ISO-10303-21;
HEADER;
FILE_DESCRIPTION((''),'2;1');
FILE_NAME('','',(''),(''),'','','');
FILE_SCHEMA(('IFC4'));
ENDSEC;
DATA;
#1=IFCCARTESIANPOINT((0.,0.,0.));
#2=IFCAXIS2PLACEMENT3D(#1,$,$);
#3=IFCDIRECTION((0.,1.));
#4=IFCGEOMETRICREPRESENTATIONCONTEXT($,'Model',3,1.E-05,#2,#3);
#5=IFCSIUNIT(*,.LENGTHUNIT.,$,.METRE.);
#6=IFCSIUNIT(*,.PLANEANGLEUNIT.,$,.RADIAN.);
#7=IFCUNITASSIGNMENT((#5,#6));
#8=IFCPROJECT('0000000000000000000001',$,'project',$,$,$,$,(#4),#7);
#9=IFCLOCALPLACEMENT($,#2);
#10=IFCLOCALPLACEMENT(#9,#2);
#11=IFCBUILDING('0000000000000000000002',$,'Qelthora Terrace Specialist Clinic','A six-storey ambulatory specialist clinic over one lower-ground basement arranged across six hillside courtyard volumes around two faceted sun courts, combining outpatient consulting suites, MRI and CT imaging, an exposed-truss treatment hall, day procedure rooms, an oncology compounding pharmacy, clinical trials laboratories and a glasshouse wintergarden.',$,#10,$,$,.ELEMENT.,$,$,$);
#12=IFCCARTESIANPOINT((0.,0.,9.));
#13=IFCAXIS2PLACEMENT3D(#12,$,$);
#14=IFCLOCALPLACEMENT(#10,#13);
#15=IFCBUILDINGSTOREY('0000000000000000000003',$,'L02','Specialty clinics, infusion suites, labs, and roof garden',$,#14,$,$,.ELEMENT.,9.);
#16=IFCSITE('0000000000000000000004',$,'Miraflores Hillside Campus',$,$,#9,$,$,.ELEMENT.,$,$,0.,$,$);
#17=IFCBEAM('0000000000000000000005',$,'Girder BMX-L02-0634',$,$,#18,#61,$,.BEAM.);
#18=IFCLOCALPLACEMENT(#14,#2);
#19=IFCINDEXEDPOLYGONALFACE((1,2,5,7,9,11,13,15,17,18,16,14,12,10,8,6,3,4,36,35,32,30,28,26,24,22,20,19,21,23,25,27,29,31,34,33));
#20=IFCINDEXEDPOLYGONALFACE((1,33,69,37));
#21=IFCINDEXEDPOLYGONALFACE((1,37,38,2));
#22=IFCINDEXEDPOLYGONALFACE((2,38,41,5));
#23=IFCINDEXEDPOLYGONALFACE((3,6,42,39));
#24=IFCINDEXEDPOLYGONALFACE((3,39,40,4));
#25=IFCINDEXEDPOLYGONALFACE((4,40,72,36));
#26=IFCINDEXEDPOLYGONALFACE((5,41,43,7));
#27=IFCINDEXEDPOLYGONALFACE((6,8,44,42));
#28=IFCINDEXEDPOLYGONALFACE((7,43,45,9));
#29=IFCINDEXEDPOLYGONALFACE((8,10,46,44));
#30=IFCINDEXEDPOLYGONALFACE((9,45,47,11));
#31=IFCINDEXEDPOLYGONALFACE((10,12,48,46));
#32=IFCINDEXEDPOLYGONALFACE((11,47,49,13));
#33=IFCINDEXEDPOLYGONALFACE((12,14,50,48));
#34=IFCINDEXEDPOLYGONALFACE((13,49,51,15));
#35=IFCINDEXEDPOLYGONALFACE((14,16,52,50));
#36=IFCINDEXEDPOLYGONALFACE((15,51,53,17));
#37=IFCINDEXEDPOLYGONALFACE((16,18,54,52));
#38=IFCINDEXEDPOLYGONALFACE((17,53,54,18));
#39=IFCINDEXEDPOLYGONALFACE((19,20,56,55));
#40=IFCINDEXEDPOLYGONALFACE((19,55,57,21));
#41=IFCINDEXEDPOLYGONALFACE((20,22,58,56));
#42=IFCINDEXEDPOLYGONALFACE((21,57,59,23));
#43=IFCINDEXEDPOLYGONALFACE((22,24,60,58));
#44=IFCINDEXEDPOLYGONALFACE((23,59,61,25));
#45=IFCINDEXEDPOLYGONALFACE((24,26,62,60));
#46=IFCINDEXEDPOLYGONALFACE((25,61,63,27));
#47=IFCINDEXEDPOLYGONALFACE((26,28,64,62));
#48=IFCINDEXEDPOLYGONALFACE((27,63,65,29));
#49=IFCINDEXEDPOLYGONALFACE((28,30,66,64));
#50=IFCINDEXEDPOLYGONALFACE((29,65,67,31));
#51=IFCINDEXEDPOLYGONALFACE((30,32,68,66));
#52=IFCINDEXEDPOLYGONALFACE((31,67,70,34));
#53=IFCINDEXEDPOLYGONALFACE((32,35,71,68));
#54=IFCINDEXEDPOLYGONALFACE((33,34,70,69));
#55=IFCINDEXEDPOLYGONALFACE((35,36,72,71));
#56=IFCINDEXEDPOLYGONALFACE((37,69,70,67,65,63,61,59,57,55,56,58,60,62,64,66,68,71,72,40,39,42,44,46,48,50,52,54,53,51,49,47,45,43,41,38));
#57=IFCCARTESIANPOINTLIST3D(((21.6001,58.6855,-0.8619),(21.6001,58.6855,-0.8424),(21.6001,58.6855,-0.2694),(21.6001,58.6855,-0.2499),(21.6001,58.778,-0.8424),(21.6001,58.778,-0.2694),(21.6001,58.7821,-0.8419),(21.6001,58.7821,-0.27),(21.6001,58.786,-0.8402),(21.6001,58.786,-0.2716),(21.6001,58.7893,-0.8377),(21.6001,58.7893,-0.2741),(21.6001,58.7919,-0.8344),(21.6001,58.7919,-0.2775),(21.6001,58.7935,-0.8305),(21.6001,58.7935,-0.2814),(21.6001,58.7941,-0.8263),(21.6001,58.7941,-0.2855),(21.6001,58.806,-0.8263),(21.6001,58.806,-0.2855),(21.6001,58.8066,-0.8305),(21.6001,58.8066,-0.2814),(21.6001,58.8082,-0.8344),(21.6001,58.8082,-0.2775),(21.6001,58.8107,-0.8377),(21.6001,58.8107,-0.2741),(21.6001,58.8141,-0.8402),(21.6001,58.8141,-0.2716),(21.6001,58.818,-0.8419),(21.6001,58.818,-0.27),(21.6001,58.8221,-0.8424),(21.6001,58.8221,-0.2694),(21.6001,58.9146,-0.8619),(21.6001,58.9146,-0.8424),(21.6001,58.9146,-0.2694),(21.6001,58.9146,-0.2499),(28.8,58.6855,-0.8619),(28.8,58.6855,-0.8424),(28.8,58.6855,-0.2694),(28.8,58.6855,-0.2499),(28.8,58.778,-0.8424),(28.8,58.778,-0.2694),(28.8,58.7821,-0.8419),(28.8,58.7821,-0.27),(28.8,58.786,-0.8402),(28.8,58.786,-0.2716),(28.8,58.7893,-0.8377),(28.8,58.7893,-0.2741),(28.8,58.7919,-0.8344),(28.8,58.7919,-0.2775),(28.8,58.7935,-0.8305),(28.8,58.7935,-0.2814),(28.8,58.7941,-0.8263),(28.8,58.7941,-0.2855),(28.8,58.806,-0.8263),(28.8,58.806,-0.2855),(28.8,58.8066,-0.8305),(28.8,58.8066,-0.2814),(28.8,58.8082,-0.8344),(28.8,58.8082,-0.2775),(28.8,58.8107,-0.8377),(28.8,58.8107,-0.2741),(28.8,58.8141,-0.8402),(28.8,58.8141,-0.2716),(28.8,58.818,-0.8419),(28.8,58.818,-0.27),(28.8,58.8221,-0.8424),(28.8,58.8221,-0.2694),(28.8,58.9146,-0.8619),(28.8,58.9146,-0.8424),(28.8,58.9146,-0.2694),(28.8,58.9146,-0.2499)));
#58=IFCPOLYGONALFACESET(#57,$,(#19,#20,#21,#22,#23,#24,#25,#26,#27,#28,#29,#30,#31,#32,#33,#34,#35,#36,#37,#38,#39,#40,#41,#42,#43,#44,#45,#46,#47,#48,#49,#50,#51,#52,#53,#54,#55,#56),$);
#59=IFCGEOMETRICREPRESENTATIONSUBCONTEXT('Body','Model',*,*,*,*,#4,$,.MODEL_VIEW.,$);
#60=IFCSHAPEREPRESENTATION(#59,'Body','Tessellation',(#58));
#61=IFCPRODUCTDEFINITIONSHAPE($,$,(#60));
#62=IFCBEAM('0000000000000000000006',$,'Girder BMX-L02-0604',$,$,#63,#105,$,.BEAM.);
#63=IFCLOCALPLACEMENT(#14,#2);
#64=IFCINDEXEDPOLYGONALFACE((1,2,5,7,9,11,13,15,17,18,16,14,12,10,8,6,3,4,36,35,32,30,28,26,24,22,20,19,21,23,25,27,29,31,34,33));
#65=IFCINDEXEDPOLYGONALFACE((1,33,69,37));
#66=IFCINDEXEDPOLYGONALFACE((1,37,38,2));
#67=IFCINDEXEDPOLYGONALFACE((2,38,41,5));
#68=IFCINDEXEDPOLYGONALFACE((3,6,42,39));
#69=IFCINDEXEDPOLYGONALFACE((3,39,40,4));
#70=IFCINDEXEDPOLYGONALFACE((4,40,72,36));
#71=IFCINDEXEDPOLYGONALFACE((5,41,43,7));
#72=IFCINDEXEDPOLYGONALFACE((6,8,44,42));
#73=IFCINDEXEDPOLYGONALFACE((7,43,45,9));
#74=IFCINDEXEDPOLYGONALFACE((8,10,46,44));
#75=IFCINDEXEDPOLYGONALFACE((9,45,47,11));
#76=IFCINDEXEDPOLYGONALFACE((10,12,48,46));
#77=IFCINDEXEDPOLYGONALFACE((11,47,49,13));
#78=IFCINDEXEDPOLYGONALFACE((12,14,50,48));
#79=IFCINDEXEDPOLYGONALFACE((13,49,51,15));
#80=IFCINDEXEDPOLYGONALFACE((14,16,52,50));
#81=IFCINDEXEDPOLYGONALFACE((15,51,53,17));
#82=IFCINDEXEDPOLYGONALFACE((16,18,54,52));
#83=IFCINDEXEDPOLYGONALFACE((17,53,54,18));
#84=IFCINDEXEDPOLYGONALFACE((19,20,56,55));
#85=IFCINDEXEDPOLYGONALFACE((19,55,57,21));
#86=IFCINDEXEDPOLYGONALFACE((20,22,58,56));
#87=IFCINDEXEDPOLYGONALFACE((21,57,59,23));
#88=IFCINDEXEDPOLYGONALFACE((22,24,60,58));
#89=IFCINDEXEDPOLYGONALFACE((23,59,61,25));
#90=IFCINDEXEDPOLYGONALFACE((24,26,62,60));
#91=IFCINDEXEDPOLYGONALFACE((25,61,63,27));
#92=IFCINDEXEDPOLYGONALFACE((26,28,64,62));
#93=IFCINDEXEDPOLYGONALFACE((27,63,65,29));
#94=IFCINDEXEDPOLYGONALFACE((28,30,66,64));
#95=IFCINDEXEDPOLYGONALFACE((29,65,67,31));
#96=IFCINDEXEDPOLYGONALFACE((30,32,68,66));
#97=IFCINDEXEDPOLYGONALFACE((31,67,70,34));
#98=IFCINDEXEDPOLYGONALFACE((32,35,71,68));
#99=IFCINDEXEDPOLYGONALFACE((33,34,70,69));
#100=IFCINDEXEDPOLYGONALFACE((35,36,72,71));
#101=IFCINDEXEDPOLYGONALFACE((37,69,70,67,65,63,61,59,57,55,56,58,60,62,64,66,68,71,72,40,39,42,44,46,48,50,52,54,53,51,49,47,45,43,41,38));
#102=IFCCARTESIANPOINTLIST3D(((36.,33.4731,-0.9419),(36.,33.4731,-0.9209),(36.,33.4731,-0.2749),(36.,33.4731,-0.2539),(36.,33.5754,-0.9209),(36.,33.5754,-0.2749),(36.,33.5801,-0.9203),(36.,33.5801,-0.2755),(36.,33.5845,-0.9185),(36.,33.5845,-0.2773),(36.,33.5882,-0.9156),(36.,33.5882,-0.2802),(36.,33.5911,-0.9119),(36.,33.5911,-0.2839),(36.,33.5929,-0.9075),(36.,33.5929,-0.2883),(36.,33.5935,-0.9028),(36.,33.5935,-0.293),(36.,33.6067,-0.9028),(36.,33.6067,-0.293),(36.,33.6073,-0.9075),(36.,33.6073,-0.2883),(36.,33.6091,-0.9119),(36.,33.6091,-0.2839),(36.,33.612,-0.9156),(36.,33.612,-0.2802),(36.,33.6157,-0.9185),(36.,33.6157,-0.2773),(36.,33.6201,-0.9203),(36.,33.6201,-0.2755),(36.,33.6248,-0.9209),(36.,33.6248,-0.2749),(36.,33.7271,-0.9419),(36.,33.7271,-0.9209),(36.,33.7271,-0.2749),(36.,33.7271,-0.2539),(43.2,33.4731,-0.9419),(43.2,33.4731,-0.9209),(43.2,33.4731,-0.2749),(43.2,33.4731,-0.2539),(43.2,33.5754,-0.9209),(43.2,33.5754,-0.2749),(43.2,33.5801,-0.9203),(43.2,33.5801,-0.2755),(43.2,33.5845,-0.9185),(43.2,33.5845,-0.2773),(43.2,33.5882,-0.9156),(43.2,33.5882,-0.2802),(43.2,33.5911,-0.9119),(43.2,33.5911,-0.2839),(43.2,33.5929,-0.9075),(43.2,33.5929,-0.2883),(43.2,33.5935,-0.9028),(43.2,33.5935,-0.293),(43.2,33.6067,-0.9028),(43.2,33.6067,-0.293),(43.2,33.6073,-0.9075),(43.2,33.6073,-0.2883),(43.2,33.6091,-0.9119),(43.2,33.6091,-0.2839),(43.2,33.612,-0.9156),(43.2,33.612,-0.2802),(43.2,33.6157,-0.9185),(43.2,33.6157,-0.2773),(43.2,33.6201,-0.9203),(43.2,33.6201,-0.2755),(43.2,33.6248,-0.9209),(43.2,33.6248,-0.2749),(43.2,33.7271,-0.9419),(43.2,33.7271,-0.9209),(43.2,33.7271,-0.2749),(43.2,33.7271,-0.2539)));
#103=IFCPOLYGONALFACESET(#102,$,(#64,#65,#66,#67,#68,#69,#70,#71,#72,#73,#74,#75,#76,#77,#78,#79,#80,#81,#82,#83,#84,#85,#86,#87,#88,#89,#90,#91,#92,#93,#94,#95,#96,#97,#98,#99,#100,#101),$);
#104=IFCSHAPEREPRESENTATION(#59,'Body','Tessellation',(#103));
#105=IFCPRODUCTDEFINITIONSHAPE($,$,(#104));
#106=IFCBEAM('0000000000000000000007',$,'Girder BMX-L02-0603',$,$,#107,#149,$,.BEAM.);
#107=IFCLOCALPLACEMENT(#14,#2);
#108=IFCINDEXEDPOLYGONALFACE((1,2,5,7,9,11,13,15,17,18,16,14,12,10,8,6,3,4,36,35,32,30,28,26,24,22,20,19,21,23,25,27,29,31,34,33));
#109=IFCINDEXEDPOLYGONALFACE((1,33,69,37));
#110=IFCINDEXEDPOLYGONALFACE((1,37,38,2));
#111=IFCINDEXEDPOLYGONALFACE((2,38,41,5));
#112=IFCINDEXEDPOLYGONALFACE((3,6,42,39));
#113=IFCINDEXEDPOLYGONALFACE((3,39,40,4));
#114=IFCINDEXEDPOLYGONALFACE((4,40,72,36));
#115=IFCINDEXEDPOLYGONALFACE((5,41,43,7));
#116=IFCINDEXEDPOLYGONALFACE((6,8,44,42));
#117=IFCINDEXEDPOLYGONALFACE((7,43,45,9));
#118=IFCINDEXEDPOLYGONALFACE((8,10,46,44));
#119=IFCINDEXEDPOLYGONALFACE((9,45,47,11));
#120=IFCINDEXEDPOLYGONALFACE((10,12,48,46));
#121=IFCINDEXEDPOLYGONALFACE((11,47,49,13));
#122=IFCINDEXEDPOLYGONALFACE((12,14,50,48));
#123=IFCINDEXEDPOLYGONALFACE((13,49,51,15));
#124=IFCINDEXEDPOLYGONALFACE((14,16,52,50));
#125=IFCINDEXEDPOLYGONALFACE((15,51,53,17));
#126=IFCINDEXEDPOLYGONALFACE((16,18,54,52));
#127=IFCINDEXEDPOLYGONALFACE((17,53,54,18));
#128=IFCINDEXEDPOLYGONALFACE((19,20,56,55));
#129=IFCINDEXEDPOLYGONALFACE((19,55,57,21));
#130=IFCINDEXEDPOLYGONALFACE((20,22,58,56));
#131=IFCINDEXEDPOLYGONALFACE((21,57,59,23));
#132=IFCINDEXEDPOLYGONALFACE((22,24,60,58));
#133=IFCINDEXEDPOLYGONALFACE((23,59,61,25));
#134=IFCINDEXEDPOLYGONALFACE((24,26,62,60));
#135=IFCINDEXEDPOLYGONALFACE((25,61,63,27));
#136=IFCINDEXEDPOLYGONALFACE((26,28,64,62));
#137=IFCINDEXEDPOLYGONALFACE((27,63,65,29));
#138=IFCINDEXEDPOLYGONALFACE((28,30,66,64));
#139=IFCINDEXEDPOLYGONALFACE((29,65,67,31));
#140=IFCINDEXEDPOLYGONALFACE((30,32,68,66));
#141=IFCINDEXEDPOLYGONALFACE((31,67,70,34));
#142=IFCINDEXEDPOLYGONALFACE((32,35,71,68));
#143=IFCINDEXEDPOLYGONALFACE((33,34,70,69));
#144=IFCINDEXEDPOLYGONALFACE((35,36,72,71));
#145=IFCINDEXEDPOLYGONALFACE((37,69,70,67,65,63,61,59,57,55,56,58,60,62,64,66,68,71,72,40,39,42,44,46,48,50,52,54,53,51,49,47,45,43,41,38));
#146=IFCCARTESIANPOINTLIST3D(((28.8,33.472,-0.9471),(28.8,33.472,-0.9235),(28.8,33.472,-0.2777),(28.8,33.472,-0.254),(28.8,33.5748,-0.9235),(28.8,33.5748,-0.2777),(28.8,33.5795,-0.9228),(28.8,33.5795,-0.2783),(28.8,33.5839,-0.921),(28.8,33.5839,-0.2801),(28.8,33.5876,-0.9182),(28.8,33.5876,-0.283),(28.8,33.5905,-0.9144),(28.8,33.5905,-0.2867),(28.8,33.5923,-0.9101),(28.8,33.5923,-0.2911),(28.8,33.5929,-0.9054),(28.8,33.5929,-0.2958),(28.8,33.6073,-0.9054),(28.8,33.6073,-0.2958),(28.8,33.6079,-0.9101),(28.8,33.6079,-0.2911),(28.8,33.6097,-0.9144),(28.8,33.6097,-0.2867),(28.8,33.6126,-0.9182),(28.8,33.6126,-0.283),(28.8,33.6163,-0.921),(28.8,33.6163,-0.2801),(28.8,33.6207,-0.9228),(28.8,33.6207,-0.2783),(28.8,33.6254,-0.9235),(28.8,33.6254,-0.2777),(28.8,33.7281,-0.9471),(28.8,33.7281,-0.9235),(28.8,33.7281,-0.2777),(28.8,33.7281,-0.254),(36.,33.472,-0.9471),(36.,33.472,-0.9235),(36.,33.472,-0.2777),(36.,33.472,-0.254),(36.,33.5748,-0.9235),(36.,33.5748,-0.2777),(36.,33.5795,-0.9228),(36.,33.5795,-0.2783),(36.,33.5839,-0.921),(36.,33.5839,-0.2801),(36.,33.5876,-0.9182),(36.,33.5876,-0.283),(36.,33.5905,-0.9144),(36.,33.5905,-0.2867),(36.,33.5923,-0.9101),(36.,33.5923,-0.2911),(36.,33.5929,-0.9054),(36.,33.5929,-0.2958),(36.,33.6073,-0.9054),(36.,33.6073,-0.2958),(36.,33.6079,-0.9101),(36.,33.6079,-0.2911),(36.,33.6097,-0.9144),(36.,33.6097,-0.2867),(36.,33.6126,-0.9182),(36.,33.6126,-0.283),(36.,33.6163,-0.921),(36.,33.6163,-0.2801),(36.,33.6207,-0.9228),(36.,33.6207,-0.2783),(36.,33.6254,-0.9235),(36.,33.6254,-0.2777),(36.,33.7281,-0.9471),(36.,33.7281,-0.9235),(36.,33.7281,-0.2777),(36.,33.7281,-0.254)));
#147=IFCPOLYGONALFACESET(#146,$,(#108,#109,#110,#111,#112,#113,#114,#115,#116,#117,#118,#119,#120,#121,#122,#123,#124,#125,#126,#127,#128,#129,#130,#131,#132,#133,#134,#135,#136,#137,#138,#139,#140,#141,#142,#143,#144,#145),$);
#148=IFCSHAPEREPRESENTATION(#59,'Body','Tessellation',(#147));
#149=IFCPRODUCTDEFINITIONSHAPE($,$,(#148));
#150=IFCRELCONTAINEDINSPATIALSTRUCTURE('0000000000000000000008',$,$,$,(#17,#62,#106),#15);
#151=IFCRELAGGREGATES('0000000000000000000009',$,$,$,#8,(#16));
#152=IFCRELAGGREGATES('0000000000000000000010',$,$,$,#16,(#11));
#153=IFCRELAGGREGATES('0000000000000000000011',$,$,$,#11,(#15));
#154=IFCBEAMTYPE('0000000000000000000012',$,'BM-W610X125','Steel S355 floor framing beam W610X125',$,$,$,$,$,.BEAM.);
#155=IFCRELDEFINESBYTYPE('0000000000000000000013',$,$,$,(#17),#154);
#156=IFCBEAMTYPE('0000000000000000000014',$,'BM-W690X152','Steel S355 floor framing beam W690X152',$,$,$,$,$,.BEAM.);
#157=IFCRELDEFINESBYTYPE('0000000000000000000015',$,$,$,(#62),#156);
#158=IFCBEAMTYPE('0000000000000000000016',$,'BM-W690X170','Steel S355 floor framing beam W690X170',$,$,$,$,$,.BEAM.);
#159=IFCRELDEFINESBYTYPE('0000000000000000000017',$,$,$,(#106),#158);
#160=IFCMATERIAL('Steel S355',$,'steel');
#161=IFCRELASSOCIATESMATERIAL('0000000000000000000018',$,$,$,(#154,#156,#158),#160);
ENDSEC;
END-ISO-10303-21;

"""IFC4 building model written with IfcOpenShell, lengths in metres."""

from ifc_helpers import new_model, si_unit, direction, frame, origin, origin_2d, place, context, subcontext, project, spatial, i_section, extrude, material, material_profile, profile_set, type_object, element, save


model = new_model("IFC4")

# Units and contexts
model_context = context("Model", 3, precision=1e-05, world=origin(), true_north=direction((0.0, 1.0)))
body_context = subcontext(model_context, "Body", "Model", "MODEL_VIEW")
ifc_project = project(units=[si_unit("LENGTHUNIT", "METRE"), si_unit("PLANEANGLEUNIT", "RADIAN")], contexts=[model_context])

# Site, building, storey
site_placement = place(None, origin())
site = spatial("IfcSite", under=ifc_project, at=site_placement, Name="Miraflores Hillside Campus", CompositionType="ELEMENT", RefElevation=0.0)
building_placement = place(site_placement, origin())
building = spatial("IfcBuilding", under=site, at=building_placement, Name="Qelthora Terrace Specialist Clinic", Description="A six-storey ambulatory specialist clinic over one lower-ground basement arranged across six hillside courtyard volumes around two faceted sun courts, combining outpatient consulting suites, MRI and CT imaging, an exposed-truss treatment hall, day procedure rooms, an oncology compounding pharmacy, clinical trials laboratories and a glasshouse wintergarden.", CompositionType="ELEMENT")
storey_placement = place(building_placement, frame((0.0, 0.0, 9.0)))
storey = spatial("IfcBuildingStorey", under=building, at=storey_placement, Name="L02", Description="Specialty clinics, infusion suites, labs, and roof garden", CompositionType="ELEMENT", Elevation=9.0)

# Shared definitions
ifc_material_1 = material(Name="Steel S355", Category="steel")

# Beams
ifc_material_profile_1 = material_profile(ifc_material_1, i_section(OverallWidth=0.229, OverallDepth=0.6121, WebThickness=0.012, FlangeThickness=0.0195, FilletRadius=0.0161, at=origin_2d()), Name="W610X125")
ifc_profile_set_1 = profile_set([ifc_material_profile_1], Name="Steel S355")
beam_type_1 = type_object("IfcBeamType", Name="BM-W610X125", Description="Steel S355 floor framing beam W610X125", PredefinedType="BEAM", material=ifc_profile_set_1)
beam_1_placement = place(storey_placement, frame((21.6001, 58.8, -0.5559), z_axis=(1.0, 0.0, 0.0), x_axis=(0.0, 1.0, 0.0)))
element("IfcBeam", 1, at=beam_1_placement, inside=storey, type_object=beam_type_1, Name="Girder BMX-L02-0634", PredefinedType="BEAM", context=body_context, shape_type="SweptSolid", body=[
    extrude(i_section(OverallWidth=0.229, OverallDepth=0.6121, WebThickness=0.012, FlangeThickness=0.0195, FilletRadius=0.0161, at=origin_2d()), origin(), (0.0, 0.0, 1.0), 7.2),
])
ifc_material_profile_2 = material_profile(ifc_material_1, i_section(OverallWidth=0.2539, OverallDepth=0.688, WebThickness=0.0132, FlangeThickness=0.021, FilletRadius=0.0181, at=origin_2d()), Name="W690X152")
ifc_profile_set_2 = profile_set([ifc_material_profile_2], Name="Steel S355")
beam_type_2 = type_object("IfcBeamType", Name="BM-W690X152", Description="Steel S355 floor framing beam W690X152", PredefinedType="BEAM", material=ifc_profile_set_2)
beam_2_placement = place(storey_placement, frame((36.0, 33.6001, -0.5979), z_axis=(1.0, 0.0, 0.0), x_axis=(0.0, 1.0, 0.0)))
element("IfcBeam", 2, at=beam_2_placement, inside=storey, type_object=beam_type_2, Name="Girder BMX-L02-0604", PredefinedType="BEAM", context=body_context, shape_type="SweptSolid", body=[
    extrude(i_section(OverallWidth=0.2539, OverallDepth=0.688, WebThickness=0.0132, FlangeThickness=0.021, FilletRadius=0.0181, at=origin_2d()), origin(), (0.0, 0.0, 1.0), 7.2),
])
ifc_material_profile_3 = material_profile(ifc_material_1, i_section(OverallWidth=0.2561, OverallDepth=0.6931, WebThickness=0.0144, FlangeThickness=0.0237, FilletRadius=0.0181, at=origin_2d()), Name="W690X170")
ifc_profile_set_3 = profile_set([ifc_material_profile_3], Name="Steel S355")
beam_type_3 = type_object("IfcBeamType", Name="BM-W690X170", Description="Steel S355 floor framing beam W690X170", PredefinedType="BEAM", material=ifc_profile_set_3)
beam_3_placement = place(storey_placement, frame((28.8, 33.6001, -0.6006), z_axis=(1.0, 0.0, 0.0), x_axis=(0.0, 1.0, 0.0)))
element("IfcBeam", 3, at=beam_3_placement, inside=storey, type_object=beam_type_3, Name="Girder BMX-L02-0603", PredefinedType="BEAM", context=body_context, shape_type="SweptSolid", body=[
    extrude(i_section(OverallWidth=0.2561, OverallDepth=0.6931, WebThickness=0.0144, FlangeThickness=0.0237, FilletRadius=0.0181, at=origin_2d()), origin(), (0.0, 0.0, 1.0), 7.2),
])

save(model, "model.ifc")
